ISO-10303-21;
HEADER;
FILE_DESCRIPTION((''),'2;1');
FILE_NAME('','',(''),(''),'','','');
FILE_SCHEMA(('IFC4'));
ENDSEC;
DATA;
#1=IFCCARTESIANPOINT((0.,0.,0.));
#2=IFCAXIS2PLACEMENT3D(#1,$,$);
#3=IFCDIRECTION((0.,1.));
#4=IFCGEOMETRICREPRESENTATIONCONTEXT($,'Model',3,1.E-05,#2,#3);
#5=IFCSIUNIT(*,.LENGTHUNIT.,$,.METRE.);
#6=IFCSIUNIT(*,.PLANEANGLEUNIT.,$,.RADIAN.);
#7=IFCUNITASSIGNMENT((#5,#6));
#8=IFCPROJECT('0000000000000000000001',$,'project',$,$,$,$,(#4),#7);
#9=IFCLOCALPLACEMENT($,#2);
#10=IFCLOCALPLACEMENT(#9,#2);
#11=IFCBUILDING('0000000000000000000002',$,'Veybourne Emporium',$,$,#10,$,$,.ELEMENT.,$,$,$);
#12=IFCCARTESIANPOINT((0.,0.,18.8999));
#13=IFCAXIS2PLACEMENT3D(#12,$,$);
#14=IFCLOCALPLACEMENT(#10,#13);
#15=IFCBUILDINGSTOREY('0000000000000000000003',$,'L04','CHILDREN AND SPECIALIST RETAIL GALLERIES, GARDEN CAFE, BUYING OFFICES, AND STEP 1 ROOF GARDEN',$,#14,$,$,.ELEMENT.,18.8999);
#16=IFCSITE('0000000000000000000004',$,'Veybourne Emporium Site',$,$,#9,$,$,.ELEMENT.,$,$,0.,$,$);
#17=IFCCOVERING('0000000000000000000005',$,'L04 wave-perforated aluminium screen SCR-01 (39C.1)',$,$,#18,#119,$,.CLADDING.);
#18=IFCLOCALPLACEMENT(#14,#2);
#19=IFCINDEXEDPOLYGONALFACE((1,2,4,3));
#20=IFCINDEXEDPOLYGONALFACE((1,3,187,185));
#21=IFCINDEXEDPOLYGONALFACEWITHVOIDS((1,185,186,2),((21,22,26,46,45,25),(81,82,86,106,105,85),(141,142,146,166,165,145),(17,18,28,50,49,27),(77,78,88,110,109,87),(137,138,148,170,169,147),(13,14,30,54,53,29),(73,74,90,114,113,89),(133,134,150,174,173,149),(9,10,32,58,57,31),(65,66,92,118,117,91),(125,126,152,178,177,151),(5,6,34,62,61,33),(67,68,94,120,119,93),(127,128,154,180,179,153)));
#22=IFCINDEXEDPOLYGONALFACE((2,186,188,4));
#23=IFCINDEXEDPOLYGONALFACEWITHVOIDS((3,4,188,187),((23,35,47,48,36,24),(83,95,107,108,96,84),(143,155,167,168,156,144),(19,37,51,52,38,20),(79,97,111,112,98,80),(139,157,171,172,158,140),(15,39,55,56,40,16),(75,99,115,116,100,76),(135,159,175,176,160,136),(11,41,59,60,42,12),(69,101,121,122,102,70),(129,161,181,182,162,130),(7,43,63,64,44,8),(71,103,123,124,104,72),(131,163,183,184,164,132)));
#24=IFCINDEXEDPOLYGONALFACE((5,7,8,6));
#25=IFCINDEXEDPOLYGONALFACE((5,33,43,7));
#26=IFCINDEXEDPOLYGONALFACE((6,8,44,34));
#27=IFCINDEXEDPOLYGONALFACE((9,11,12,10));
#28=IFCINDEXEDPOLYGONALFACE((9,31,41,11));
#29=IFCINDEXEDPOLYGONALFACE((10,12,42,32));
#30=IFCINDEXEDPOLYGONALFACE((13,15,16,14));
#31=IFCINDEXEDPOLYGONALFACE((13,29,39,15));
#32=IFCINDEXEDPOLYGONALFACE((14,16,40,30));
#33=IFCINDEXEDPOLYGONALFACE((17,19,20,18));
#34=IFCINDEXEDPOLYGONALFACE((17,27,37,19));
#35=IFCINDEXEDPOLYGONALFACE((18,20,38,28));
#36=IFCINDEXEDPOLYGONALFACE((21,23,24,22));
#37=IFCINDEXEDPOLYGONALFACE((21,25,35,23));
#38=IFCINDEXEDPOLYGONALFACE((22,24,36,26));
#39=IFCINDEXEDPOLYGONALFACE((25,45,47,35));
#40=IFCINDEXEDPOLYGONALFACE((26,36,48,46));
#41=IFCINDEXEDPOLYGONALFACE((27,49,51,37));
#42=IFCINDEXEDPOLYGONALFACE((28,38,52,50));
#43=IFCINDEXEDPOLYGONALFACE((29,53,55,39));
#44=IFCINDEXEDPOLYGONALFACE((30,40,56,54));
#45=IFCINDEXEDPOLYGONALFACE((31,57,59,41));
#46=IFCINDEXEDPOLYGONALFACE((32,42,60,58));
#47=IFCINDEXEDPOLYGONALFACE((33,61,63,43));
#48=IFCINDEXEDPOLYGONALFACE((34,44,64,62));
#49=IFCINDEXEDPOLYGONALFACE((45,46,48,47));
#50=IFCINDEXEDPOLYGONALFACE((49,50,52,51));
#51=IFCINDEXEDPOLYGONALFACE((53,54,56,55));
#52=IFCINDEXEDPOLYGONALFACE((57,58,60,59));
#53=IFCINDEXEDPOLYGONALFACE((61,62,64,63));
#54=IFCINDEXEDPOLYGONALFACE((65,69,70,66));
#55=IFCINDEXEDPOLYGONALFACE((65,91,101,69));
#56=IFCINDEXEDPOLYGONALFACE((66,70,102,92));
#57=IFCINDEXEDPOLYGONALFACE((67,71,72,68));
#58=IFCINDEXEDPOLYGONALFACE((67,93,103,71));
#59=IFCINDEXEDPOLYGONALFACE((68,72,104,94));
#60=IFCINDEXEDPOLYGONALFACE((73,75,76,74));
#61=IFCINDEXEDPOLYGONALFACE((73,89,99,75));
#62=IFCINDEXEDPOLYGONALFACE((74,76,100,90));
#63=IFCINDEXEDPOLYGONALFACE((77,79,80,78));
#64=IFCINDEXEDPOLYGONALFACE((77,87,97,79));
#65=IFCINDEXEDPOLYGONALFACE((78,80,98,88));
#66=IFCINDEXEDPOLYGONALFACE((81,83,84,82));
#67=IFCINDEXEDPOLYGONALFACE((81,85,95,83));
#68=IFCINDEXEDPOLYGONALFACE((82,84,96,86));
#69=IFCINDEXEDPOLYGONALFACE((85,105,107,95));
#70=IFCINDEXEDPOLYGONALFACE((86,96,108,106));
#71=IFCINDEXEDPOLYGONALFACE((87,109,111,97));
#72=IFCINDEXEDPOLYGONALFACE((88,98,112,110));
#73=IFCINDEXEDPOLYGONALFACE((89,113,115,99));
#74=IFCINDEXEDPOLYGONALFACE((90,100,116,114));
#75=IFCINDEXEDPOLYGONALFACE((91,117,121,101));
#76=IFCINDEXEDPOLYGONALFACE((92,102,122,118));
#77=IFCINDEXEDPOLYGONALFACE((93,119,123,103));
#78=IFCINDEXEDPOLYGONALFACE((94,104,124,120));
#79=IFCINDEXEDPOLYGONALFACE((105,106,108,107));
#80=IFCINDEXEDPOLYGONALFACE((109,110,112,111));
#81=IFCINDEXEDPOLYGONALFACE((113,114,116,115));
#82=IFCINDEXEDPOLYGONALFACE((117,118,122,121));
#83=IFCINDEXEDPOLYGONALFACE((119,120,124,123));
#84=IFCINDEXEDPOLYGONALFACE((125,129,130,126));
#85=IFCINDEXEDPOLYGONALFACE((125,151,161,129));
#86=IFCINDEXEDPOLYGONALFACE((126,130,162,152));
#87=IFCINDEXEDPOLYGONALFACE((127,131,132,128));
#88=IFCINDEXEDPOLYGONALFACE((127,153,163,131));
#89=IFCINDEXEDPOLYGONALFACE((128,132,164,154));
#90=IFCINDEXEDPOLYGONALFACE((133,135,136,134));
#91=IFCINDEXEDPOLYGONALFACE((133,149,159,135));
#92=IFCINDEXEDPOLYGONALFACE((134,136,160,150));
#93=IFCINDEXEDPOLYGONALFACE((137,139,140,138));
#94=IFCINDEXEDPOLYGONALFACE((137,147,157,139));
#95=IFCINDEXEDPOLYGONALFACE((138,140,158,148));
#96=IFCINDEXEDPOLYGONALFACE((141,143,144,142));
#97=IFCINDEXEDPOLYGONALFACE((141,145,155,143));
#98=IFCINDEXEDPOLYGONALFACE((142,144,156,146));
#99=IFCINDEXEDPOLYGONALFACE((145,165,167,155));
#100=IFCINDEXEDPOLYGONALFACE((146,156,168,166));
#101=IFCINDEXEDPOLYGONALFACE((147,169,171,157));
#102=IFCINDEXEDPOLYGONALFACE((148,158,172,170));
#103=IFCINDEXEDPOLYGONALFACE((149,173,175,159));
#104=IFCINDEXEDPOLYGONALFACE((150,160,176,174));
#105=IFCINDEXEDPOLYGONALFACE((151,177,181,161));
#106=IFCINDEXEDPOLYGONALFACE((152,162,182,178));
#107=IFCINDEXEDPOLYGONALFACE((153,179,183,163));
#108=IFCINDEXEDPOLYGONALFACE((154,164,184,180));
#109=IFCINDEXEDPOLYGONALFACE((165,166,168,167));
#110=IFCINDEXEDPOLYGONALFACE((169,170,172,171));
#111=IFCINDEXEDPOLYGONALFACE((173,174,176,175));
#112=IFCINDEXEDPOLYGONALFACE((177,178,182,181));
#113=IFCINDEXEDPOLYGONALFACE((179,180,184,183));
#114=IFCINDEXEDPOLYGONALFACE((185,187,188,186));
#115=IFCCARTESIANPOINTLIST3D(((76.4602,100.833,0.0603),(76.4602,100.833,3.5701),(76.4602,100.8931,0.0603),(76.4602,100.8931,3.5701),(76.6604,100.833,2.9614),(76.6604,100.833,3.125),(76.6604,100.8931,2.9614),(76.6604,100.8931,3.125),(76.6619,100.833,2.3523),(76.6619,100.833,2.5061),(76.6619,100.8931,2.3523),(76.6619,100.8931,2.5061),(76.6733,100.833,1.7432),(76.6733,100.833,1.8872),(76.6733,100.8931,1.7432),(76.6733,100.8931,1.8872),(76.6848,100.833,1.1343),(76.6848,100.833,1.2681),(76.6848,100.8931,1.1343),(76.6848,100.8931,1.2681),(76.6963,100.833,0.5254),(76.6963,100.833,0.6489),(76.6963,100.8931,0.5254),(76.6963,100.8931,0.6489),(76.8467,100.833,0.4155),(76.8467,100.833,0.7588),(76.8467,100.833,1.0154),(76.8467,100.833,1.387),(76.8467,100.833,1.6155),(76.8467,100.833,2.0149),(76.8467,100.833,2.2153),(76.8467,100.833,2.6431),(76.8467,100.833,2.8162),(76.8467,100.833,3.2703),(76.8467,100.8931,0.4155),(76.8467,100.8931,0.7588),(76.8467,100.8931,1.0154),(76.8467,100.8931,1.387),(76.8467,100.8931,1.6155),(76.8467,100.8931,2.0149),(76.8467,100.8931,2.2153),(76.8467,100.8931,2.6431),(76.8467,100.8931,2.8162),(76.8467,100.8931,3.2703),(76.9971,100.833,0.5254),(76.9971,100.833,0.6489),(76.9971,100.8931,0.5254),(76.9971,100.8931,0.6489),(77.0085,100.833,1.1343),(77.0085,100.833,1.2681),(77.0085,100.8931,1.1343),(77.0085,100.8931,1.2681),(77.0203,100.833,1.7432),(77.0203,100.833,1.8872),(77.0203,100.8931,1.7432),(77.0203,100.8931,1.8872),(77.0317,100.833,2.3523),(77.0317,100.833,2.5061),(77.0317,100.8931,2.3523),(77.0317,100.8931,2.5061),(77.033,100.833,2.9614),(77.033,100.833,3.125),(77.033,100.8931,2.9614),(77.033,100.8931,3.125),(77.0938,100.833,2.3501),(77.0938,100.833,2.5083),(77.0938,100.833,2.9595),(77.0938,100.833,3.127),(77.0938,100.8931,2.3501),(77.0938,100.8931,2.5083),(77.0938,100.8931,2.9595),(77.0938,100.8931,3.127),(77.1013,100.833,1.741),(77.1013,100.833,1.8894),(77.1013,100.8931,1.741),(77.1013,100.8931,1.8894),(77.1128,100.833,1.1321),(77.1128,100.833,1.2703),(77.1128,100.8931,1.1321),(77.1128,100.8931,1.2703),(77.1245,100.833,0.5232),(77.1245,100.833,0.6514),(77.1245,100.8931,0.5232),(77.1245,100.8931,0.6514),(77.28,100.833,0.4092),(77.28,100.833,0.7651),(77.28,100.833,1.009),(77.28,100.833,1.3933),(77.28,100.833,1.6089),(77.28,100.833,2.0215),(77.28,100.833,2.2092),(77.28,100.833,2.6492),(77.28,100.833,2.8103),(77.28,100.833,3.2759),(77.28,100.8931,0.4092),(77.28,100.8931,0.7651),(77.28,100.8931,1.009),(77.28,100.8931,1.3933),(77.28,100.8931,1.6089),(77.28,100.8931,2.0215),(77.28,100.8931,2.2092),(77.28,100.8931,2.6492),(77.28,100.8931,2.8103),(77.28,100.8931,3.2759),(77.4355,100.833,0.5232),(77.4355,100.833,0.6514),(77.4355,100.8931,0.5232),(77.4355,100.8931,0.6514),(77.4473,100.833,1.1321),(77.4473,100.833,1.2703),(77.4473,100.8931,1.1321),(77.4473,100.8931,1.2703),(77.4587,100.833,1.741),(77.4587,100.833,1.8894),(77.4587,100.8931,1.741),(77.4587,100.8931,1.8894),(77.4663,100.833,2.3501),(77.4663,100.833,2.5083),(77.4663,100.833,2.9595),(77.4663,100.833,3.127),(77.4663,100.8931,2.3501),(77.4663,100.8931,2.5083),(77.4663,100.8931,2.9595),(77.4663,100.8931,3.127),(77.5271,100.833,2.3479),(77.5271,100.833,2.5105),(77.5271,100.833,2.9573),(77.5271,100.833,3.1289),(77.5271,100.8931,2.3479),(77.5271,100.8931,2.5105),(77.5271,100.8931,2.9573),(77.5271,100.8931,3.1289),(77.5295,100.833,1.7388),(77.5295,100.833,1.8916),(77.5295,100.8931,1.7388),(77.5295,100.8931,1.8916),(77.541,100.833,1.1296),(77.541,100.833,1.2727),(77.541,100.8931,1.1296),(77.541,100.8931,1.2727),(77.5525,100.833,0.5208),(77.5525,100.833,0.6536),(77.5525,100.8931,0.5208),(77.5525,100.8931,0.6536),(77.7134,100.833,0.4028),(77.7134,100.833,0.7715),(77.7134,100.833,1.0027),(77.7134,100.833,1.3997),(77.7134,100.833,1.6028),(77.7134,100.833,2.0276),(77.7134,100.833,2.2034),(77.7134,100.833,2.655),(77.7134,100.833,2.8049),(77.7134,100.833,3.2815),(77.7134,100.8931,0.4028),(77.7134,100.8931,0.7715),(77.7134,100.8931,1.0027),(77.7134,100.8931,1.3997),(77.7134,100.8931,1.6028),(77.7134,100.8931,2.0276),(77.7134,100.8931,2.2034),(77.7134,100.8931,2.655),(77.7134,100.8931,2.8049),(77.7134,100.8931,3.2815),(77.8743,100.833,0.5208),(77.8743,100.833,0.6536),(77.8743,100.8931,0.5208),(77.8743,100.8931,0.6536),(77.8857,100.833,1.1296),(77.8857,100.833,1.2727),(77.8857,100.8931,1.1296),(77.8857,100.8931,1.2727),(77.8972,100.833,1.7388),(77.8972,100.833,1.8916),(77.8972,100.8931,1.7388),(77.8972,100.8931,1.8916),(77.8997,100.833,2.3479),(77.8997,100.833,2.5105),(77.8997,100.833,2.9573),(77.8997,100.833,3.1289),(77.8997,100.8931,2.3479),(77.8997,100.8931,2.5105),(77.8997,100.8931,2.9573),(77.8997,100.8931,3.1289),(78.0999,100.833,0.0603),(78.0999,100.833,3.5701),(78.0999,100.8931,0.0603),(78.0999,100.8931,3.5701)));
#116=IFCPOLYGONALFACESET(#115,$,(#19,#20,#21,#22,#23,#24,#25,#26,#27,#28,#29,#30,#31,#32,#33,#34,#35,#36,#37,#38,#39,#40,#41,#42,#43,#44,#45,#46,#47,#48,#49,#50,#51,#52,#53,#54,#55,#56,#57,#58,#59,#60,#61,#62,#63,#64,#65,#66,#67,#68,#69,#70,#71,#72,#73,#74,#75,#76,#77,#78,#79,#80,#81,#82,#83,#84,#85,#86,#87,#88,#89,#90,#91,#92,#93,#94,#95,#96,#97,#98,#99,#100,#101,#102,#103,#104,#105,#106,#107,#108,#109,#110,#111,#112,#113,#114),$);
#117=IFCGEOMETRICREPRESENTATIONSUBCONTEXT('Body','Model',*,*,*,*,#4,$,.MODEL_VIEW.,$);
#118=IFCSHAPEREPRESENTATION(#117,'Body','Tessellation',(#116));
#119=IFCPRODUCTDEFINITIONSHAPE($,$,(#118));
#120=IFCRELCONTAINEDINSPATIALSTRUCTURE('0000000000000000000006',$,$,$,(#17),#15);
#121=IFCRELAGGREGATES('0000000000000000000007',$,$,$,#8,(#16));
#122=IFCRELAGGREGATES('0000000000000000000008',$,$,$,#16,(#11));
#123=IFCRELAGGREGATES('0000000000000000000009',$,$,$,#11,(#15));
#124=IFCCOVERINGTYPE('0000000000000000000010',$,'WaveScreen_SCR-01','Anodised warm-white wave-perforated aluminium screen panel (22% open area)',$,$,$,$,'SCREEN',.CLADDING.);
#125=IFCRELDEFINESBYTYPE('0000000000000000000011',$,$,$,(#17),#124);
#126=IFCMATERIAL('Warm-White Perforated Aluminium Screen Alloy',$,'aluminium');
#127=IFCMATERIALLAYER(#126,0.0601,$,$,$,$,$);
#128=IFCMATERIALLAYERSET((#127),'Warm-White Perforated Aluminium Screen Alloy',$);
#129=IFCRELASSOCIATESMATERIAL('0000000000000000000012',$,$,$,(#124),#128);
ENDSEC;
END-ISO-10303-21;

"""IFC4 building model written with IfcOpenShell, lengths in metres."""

from ifc_helpers import new_model, si_unit, direction, frame, origin, place, context, subcontext, project, spatial, polyline, outline, extrude, material, layer, layer_set, type_object, element, save


model = new_model("IFC4")

# Units and contexts
model_context = context("Model", 3, precision=1e-05, world=origin(), true_north=direction((0.0, 1.0)))
body_context = subcontext(model_context, "Body", "Model", "MODEL_VIEW")
ifc_project = project(units=[si_unit("LENGTHUNIT", "METRE"), si_unit("PLANEANGLEUNIT", "RADIAN")], contexts=[model_context])

# Site, building, storey
site_placement = place(None, origin())
site = spatial("IfcSite", under=ifc_project, at=site_placement, Name="Veybourne Emporium Site", CompositionType="ELEMENT", RefElevation=0.0)
building_placement = place(site_placement, origin())
building = spatial("IfcBuilding", under=site, at=building_placement, Name="Veybourne Emporium", CompositionType="ELEMENT")
storey_placement = place(building_placement, frame((0.0, 0.0, 18.8999)))
storey = spatial("IfcBuildingStorey", under=building, at=storey_placement, Name="L04", Description="CHILDREN AND SPECIALIST RETAIL GALLERIES, GARDEN CAFE, BUYING OFFICES, AND STEP 1 ROOF GARDEN", CompositionType="ELEMENT", Elevation=18.8999)

# Covering
ifc_material_1 = material(Name="Warm-White Perforated Aluminium Screen Alloy", Category="aluminium")
ifc_layer_1 = layer(ifc_material_1, 0.0601)
ifc_layer_set_1 = layer_set([ifc_layer_1], Name="Warm-White Perforated Aluminium Screen Alloy")
covering_type_1 = type_object("IfcCoveringType", Name="WaveScreen_SCR-01", Description="Anodised warm-white wave-perforated aluminium screen panel (22% open area)", ElementType="SCREEN", PredefinedType="CLADDING", material=ifc_layer_set_1)
covering_1_placement = place(storey_placement, frame((77.28, 100.8931, 1.8152), z_axis=(0.0, -1.0, 0.0), x_axis=(1.0, 0.0, 0.0)))
element("IfcCovering", 1, at=covering_1_placement, inside=storey, type_object=covering_type_1, Name="L04 wave-perforated aluminium screen SCR-01 (39C.1)", PredefinedType="CLADDING", context=body_context, shape_type="SweptSolid", body=[
    extrude(outline(polyline([(-0.8198, -1.7549), (0.8198, -1.7549), (0.8198, 1.7549), (-0.8198, 1.7549), (-0.8198, -1.7549)]), holes=[polyline([(-0.4333, -1.0564), (-0.283, -1.1663), (-0.283, -1.2898), (-0.4333, -1.3997), (-0.5837, -1.2898), (-0.5837, -1.1663), (-0.4333, -1.0564)]), polyline([(-0.4333, -0.4282), (-0.2715, -0.5471), (-0.2715, -0.6809), (-0.4333, -0.7998), (-0.5952, -0.6809), (-0.5952, -0.5471), (-0.4333, -0.4282)]), polyline([(-0.4333, 0.1997), (-0.2598, 0.072), (-0.2598, -0.072), (-0.4333, -0.1997), (-0.6067, -0.072), (-0.6067, 0.072), (-0.4333, 0.1997)]), polyline([(-0.4333, 0.8279), (-0.2483, 0.6909), (-0.2483, 0.5371), (-0.4333, 0.4001), (-0.6182, 0.5371), (-0.6182, 0.6909), (-0.4333, 0.8279)]), polyline([(-0.4333, 1.4551), (-0.2471, 1.3098), (-0.2471, 1.1462), (-0.4333, 1.001), (-0.6196, 1.1462), (-0.6196, 1.3098), (-0.4333, 1.4551)]), polyline([(0.0, -1.05), (0.1555, -1.1638), (0.1555, -1.292), (0.0, -1.406), (-0.1555, -1.292), (-0.1555, -1.1638), (0.0, -1.05)]), polyline([(0.0, -0.4219), (0.1672, -0.5449), (0.1672, -0.6831), (0.0, -0.8062), (-0.1672, -0.6831), (-0.1672, -0.5449), (0.0, -0.4219)]), polyline([(0.0, 0.2063), (0.1787, 0.0742), (0.1787, -0.0742), (0.0, -0.2063), (-0.1787, -0.0742), (-0.1787, 0.0742), (0.0, 0.2063)]), polyline([(0.0, 0.834), (0.1863, 0.6931), (0.1863, 0.5349), (0.0, 0.394), (-0.1863, 0.5349), (-0.1863, 0.6931), (0.0, 0.834)]), polyline([(0.0, 1.4607), (0.1863, 1.3118), (0.1863, 1.1443), (0.0, 0.9951), (-0.1863, 1.1443), (-0.1863, 1.3118), (0.0, 1.4607)]), polyline([(0.4333, -1.0437), (0.5942, -1.1616), (0.5942, -1.2944), (0.4333, -1.4124), (0.2725, -1.2944), (0.2725, -1.1616), (0.4333, -1.0437)]), polyline([(0.4333, -0.4155), (0.6057, -0.5425), (0.6057, -0.6855), (0.4333, -0.8125), (0.261, -0.6855), (0.261, -0.5425), (0.4333, -0.4155)]), polyline([(0.4333, 0.2124), (0.6172, 0.0764), (0.6172, -0.0764), (0.4333, -0.2124), (0.2495, -0.0764), (0.2495, 0.0764), (0.4333, 0.2124)]), polyline([(0.4333, 0.8398), (0.6196, 0.6953), (0.6196, 0.5327), (0.4333, 0.3882), (0.2471, 0.5327), (0.2471, 0.6953), (0.4333, 0.8398)]), polyline([(0.4333, 1.4663), (0.6196, 1.3137), (0.6196, 1.1421), (0.4333, 0.9897), (0.2471, 1.1421), (0.2471, 1.3137), (0.4333, 1.4663)])]), origin(), (0.0, 0.0, 1.0), 0.0601),
])

save(model, "model.ifc")
